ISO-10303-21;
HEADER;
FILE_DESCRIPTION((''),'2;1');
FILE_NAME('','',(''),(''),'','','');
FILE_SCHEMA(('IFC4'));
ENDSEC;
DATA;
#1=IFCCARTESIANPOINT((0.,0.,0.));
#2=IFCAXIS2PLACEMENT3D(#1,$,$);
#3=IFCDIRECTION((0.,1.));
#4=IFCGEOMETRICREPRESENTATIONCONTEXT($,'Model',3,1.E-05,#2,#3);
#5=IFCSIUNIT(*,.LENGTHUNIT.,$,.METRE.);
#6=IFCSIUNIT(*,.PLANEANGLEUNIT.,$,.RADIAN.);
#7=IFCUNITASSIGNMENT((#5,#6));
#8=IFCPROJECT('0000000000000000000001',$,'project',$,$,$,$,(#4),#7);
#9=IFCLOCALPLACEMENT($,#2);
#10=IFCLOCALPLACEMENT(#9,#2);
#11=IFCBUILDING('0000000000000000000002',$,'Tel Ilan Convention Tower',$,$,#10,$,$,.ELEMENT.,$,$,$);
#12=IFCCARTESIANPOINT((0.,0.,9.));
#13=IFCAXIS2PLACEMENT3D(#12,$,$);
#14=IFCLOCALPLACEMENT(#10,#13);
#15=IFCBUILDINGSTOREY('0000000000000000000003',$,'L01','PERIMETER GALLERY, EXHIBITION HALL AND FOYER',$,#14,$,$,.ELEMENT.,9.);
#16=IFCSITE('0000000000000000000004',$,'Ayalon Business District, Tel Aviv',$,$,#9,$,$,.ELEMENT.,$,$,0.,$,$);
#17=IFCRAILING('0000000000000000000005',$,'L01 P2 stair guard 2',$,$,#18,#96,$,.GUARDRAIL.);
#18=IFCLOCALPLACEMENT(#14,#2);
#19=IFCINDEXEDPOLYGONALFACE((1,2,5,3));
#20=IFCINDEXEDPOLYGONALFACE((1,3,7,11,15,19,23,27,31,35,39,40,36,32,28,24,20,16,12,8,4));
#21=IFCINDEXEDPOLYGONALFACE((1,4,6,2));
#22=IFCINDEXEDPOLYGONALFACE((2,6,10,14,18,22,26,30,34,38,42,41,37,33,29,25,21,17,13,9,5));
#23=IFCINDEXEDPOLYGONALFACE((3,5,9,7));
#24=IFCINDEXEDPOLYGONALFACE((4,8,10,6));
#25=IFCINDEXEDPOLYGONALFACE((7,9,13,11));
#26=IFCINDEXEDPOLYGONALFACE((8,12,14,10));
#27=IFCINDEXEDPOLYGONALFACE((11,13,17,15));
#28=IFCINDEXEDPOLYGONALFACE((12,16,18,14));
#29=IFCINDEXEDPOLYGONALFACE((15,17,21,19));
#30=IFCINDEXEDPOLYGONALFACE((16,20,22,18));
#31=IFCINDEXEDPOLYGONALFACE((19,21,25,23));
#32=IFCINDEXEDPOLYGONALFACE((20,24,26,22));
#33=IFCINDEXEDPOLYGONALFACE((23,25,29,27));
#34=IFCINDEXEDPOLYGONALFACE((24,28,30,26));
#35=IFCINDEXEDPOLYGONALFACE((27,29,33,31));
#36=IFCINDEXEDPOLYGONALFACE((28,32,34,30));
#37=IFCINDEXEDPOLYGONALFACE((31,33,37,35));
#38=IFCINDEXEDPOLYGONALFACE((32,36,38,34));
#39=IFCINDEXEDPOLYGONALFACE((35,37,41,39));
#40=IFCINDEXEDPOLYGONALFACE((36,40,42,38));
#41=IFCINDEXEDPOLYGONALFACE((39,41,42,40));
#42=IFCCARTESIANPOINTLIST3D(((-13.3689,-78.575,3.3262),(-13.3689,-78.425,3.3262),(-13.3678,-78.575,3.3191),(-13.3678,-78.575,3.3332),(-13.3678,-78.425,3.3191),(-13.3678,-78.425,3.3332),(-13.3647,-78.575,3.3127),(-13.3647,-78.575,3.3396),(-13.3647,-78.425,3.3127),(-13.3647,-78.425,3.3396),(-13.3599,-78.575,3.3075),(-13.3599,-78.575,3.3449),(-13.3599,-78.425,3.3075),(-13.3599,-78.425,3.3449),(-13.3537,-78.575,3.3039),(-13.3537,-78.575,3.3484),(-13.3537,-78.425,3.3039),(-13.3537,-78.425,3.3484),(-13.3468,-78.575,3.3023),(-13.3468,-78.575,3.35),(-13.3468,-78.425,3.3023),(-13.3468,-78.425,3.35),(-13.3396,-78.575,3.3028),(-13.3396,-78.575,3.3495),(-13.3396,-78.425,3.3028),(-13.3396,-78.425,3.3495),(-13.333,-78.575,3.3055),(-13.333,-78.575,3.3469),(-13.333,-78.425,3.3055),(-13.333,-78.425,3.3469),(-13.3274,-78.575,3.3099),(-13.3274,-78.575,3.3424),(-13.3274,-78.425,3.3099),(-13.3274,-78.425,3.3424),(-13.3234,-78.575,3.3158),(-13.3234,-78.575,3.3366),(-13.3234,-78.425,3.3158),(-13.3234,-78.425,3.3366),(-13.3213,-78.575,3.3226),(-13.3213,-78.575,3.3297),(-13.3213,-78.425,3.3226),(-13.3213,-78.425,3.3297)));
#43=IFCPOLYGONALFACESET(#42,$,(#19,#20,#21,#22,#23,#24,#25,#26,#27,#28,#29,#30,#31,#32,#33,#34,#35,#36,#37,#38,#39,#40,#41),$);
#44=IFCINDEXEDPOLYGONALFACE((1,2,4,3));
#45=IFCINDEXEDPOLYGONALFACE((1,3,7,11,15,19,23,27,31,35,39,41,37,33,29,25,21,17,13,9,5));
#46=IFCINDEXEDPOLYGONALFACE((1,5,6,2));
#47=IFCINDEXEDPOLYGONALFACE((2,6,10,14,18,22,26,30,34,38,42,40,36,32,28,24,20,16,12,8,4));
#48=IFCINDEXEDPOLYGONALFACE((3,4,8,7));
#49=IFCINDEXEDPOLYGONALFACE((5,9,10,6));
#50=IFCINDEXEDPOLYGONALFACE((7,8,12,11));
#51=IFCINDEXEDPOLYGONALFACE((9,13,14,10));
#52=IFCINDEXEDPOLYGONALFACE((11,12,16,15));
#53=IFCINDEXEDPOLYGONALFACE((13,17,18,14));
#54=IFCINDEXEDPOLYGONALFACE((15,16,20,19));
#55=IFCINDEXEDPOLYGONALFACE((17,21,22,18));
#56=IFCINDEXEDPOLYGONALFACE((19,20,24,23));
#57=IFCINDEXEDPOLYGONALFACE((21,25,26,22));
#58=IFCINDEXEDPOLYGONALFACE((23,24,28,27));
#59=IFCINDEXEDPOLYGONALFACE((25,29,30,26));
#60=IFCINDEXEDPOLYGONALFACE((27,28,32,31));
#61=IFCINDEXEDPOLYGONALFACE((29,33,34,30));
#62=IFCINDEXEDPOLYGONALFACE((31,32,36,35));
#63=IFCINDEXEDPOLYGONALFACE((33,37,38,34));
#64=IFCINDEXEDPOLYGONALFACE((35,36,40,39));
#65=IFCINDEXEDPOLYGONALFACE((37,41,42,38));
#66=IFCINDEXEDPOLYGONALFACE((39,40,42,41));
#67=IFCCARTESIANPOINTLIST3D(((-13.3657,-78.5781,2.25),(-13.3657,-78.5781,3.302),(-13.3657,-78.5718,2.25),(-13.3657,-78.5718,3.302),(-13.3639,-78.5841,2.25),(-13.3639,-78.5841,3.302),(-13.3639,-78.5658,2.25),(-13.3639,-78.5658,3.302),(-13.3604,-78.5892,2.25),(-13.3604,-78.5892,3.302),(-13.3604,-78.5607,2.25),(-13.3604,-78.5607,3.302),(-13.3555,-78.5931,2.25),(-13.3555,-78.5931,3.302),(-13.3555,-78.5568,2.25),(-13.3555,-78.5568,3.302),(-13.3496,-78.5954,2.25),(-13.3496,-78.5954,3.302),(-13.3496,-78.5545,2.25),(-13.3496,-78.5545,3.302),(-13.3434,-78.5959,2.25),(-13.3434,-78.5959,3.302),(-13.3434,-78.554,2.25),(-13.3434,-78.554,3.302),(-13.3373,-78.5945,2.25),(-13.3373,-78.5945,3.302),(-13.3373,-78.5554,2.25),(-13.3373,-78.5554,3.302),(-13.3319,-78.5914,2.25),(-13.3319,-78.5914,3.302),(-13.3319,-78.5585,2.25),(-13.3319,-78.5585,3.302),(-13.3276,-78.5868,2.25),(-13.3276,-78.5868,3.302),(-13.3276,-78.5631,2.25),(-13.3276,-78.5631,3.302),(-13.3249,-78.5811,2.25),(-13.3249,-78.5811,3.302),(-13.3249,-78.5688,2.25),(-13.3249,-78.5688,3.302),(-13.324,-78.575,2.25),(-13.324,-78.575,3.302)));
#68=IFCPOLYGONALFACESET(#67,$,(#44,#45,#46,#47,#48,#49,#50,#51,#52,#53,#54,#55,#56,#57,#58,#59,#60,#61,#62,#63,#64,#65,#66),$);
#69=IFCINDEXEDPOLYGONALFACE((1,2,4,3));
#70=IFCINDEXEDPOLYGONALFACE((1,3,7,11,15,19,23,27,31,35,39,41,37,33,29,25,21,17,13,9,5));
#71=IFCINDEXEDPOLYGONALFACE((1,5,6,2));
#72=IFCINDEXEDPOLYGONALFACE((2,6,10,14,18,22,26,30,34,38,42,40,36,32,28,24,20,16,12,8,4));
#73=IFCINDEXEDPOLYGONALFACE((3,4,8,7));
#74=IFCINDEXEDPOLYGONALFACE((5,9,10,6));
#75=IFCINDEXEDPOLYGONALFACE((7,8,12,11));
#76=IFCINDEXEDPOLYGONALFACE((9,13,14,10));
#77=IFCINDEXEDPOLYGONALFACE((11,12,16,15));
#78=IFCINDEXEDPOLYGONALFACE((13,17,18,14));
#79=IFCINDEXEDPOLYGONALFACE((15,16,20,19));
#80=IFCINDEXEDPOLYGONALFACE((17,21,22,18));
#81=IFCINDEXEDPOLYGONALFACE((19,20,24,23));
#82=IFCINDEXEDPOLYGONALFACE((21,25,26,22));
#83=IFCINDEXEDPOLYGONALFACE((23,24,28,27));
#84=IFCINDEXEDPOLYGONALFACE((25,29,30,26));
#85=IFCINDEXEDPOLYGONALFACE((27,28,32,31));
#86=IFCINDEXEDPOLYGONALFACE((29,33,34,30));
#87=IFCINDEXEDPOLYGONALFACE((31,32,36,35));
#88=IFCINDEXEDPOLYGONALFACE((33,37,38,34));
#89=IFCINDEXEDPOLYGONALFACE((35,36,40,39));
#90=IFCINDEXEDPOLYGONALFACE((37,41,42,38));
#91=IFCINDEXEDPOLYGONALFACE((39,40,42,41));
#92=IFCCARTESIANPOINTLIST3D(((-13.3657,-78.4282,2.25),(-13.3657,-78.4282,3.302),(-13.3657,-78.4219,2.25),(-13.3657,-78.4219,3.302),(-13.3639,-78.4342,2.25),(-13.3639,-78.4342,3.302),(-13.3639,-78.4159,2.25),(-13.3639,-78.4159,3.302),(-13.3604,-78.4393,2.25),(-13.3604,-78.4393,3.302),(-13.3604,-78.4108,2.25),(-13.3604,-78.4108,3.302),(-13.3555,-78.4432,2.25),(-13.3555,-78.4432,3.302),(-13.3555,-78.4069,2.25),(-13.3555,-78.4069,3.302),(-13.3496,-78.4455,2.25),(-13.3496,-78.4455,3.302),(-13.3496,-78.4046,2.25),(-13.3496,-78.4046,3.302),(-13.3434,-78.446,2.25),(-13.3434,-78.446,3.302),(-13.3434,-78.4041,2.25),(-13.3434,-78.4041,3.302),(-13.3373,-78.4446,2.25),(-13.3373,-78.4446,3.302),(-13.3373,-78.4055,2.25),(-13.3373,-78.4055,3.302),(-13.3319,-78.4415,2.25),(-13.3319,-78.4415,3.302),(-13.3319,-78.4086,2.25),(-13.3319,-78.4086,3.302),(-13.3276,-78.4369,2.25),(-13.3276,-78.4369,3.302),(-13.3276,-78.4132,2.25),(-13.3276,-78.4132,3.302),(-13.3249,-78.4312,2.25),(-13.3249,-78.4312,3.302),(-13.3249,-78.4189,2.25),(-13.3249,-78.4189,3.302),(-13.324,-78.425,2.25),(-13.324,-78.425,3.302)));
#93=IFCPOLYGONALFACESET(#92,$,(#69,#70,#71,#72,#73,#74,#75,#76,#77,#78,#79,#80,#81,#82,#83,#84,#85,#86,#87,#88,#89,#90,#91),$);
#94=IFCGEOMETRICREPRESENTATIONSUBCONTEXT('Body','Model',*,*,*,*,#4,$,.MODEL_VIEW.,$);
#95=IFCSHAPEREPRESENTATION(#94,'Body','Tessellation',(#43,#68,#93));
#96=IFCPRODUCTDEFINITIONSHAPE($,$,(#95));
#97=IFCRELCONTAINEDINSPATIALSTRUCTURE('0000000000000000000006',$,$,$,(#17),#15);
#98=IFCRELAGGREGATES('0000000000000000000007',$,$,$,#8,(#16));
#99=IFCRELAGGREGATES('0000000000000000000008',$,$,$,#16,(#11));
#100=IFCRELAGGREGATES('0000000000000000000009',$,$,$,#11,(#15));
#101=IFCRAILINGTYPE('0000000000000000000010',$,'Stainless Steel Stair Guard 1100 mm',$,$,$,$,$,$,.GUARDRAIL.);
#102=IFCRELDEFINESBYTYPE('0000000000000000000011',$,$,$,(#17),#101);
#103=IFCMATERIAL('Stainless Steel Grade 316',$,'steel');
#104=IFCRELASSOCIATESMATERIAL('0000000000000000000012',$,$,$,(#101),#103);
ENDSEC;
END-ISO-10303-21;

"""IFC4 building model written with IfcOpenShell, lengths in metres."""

from ifc_helpers import new_model, si_unit, direction, frame, origin, origin_2d, place, context, subcontext, project, spatial, circle, extrude, material, type_object, element, save


model = new_model("IFC4")

# Units and contexts
model_context = context("Model", 3, precision=1e-05, world=origin(), true_north=direction((0.0, 1.0)))
body_context = subcontext(model_context, "Body", "Model", "MODEL_VIEW")
ifc_project = project(units=[si_unit("LENGTHUNIT", "METRE"), si_unit("PLANEANGLEUNIT", "RADIAN")], contexts=[model_context])

# Site, building, storey
site_placement = place(None, origin())
site = spatial("IfcSite", under=ifc_project, at=site_placement, Name="Ayalon Business District, Tel Aviv", CompositionType="ELEMENT", RefElevation=0.0)
building_placement = place(site_placement, origin())
building = spatial("IfcBuilding", under=site, at=building_placement, Name="Tel Ilan Convention Tower", CompositionType="ELEMENT")
storey_placement = place(building_placement, frame((0.0, 0.0, 9.0)))
storey = spatial("IfcBuildingStorey", under=building, at=storey_placement, Name="L01", Description="PERIMETER GALLERY, EXHIBITION HALL AND FOYER", CompositionType="ELEMENT", Elevation=9.0)

# Railing
ifc_material_1 = material(Name="Stainless Steel Grade 316", Category="steel")
railing_type_1 = type_object("IfcRailingType", Name="Stainless Steel Stair Guard 1100 mm", PredefinedType="GUARDRAIL", material=ifc_material_1)
railing_1_placement = place(storey_placement, frame((-13.345, -78.575, 2.25)))
element("IfcRailing", 1, at=railing_1_placement, inside=storey, type_object=railing_type_1, Name="L01 P2 stair guard 2", PredefinedType="GUARDRAIL", context=body_context, shape_type="SweptSolid", body=[
    extrude(circle(Radius=0.0239, at=origin_2d()), frame((0.0, 0.0, 1.0762), z_axis=(0.0, 1.0, 0.0), x_axis=(-1.0, 0.0, 0.0)), (0.0, 0.0, 1.0), 0.1499),
    extrude(circle(Radius=0.021, at=origin_2d()), origin(), (0.0, 0.0, 1.0), 1.052),
    extrude(circle(Radius=0.021, at=origin_2d()), frame((0.0, 0.1499, 0.0)), (0.0, 0.0, 1.0), 1.052),
])

save(model, "model.ifc")
